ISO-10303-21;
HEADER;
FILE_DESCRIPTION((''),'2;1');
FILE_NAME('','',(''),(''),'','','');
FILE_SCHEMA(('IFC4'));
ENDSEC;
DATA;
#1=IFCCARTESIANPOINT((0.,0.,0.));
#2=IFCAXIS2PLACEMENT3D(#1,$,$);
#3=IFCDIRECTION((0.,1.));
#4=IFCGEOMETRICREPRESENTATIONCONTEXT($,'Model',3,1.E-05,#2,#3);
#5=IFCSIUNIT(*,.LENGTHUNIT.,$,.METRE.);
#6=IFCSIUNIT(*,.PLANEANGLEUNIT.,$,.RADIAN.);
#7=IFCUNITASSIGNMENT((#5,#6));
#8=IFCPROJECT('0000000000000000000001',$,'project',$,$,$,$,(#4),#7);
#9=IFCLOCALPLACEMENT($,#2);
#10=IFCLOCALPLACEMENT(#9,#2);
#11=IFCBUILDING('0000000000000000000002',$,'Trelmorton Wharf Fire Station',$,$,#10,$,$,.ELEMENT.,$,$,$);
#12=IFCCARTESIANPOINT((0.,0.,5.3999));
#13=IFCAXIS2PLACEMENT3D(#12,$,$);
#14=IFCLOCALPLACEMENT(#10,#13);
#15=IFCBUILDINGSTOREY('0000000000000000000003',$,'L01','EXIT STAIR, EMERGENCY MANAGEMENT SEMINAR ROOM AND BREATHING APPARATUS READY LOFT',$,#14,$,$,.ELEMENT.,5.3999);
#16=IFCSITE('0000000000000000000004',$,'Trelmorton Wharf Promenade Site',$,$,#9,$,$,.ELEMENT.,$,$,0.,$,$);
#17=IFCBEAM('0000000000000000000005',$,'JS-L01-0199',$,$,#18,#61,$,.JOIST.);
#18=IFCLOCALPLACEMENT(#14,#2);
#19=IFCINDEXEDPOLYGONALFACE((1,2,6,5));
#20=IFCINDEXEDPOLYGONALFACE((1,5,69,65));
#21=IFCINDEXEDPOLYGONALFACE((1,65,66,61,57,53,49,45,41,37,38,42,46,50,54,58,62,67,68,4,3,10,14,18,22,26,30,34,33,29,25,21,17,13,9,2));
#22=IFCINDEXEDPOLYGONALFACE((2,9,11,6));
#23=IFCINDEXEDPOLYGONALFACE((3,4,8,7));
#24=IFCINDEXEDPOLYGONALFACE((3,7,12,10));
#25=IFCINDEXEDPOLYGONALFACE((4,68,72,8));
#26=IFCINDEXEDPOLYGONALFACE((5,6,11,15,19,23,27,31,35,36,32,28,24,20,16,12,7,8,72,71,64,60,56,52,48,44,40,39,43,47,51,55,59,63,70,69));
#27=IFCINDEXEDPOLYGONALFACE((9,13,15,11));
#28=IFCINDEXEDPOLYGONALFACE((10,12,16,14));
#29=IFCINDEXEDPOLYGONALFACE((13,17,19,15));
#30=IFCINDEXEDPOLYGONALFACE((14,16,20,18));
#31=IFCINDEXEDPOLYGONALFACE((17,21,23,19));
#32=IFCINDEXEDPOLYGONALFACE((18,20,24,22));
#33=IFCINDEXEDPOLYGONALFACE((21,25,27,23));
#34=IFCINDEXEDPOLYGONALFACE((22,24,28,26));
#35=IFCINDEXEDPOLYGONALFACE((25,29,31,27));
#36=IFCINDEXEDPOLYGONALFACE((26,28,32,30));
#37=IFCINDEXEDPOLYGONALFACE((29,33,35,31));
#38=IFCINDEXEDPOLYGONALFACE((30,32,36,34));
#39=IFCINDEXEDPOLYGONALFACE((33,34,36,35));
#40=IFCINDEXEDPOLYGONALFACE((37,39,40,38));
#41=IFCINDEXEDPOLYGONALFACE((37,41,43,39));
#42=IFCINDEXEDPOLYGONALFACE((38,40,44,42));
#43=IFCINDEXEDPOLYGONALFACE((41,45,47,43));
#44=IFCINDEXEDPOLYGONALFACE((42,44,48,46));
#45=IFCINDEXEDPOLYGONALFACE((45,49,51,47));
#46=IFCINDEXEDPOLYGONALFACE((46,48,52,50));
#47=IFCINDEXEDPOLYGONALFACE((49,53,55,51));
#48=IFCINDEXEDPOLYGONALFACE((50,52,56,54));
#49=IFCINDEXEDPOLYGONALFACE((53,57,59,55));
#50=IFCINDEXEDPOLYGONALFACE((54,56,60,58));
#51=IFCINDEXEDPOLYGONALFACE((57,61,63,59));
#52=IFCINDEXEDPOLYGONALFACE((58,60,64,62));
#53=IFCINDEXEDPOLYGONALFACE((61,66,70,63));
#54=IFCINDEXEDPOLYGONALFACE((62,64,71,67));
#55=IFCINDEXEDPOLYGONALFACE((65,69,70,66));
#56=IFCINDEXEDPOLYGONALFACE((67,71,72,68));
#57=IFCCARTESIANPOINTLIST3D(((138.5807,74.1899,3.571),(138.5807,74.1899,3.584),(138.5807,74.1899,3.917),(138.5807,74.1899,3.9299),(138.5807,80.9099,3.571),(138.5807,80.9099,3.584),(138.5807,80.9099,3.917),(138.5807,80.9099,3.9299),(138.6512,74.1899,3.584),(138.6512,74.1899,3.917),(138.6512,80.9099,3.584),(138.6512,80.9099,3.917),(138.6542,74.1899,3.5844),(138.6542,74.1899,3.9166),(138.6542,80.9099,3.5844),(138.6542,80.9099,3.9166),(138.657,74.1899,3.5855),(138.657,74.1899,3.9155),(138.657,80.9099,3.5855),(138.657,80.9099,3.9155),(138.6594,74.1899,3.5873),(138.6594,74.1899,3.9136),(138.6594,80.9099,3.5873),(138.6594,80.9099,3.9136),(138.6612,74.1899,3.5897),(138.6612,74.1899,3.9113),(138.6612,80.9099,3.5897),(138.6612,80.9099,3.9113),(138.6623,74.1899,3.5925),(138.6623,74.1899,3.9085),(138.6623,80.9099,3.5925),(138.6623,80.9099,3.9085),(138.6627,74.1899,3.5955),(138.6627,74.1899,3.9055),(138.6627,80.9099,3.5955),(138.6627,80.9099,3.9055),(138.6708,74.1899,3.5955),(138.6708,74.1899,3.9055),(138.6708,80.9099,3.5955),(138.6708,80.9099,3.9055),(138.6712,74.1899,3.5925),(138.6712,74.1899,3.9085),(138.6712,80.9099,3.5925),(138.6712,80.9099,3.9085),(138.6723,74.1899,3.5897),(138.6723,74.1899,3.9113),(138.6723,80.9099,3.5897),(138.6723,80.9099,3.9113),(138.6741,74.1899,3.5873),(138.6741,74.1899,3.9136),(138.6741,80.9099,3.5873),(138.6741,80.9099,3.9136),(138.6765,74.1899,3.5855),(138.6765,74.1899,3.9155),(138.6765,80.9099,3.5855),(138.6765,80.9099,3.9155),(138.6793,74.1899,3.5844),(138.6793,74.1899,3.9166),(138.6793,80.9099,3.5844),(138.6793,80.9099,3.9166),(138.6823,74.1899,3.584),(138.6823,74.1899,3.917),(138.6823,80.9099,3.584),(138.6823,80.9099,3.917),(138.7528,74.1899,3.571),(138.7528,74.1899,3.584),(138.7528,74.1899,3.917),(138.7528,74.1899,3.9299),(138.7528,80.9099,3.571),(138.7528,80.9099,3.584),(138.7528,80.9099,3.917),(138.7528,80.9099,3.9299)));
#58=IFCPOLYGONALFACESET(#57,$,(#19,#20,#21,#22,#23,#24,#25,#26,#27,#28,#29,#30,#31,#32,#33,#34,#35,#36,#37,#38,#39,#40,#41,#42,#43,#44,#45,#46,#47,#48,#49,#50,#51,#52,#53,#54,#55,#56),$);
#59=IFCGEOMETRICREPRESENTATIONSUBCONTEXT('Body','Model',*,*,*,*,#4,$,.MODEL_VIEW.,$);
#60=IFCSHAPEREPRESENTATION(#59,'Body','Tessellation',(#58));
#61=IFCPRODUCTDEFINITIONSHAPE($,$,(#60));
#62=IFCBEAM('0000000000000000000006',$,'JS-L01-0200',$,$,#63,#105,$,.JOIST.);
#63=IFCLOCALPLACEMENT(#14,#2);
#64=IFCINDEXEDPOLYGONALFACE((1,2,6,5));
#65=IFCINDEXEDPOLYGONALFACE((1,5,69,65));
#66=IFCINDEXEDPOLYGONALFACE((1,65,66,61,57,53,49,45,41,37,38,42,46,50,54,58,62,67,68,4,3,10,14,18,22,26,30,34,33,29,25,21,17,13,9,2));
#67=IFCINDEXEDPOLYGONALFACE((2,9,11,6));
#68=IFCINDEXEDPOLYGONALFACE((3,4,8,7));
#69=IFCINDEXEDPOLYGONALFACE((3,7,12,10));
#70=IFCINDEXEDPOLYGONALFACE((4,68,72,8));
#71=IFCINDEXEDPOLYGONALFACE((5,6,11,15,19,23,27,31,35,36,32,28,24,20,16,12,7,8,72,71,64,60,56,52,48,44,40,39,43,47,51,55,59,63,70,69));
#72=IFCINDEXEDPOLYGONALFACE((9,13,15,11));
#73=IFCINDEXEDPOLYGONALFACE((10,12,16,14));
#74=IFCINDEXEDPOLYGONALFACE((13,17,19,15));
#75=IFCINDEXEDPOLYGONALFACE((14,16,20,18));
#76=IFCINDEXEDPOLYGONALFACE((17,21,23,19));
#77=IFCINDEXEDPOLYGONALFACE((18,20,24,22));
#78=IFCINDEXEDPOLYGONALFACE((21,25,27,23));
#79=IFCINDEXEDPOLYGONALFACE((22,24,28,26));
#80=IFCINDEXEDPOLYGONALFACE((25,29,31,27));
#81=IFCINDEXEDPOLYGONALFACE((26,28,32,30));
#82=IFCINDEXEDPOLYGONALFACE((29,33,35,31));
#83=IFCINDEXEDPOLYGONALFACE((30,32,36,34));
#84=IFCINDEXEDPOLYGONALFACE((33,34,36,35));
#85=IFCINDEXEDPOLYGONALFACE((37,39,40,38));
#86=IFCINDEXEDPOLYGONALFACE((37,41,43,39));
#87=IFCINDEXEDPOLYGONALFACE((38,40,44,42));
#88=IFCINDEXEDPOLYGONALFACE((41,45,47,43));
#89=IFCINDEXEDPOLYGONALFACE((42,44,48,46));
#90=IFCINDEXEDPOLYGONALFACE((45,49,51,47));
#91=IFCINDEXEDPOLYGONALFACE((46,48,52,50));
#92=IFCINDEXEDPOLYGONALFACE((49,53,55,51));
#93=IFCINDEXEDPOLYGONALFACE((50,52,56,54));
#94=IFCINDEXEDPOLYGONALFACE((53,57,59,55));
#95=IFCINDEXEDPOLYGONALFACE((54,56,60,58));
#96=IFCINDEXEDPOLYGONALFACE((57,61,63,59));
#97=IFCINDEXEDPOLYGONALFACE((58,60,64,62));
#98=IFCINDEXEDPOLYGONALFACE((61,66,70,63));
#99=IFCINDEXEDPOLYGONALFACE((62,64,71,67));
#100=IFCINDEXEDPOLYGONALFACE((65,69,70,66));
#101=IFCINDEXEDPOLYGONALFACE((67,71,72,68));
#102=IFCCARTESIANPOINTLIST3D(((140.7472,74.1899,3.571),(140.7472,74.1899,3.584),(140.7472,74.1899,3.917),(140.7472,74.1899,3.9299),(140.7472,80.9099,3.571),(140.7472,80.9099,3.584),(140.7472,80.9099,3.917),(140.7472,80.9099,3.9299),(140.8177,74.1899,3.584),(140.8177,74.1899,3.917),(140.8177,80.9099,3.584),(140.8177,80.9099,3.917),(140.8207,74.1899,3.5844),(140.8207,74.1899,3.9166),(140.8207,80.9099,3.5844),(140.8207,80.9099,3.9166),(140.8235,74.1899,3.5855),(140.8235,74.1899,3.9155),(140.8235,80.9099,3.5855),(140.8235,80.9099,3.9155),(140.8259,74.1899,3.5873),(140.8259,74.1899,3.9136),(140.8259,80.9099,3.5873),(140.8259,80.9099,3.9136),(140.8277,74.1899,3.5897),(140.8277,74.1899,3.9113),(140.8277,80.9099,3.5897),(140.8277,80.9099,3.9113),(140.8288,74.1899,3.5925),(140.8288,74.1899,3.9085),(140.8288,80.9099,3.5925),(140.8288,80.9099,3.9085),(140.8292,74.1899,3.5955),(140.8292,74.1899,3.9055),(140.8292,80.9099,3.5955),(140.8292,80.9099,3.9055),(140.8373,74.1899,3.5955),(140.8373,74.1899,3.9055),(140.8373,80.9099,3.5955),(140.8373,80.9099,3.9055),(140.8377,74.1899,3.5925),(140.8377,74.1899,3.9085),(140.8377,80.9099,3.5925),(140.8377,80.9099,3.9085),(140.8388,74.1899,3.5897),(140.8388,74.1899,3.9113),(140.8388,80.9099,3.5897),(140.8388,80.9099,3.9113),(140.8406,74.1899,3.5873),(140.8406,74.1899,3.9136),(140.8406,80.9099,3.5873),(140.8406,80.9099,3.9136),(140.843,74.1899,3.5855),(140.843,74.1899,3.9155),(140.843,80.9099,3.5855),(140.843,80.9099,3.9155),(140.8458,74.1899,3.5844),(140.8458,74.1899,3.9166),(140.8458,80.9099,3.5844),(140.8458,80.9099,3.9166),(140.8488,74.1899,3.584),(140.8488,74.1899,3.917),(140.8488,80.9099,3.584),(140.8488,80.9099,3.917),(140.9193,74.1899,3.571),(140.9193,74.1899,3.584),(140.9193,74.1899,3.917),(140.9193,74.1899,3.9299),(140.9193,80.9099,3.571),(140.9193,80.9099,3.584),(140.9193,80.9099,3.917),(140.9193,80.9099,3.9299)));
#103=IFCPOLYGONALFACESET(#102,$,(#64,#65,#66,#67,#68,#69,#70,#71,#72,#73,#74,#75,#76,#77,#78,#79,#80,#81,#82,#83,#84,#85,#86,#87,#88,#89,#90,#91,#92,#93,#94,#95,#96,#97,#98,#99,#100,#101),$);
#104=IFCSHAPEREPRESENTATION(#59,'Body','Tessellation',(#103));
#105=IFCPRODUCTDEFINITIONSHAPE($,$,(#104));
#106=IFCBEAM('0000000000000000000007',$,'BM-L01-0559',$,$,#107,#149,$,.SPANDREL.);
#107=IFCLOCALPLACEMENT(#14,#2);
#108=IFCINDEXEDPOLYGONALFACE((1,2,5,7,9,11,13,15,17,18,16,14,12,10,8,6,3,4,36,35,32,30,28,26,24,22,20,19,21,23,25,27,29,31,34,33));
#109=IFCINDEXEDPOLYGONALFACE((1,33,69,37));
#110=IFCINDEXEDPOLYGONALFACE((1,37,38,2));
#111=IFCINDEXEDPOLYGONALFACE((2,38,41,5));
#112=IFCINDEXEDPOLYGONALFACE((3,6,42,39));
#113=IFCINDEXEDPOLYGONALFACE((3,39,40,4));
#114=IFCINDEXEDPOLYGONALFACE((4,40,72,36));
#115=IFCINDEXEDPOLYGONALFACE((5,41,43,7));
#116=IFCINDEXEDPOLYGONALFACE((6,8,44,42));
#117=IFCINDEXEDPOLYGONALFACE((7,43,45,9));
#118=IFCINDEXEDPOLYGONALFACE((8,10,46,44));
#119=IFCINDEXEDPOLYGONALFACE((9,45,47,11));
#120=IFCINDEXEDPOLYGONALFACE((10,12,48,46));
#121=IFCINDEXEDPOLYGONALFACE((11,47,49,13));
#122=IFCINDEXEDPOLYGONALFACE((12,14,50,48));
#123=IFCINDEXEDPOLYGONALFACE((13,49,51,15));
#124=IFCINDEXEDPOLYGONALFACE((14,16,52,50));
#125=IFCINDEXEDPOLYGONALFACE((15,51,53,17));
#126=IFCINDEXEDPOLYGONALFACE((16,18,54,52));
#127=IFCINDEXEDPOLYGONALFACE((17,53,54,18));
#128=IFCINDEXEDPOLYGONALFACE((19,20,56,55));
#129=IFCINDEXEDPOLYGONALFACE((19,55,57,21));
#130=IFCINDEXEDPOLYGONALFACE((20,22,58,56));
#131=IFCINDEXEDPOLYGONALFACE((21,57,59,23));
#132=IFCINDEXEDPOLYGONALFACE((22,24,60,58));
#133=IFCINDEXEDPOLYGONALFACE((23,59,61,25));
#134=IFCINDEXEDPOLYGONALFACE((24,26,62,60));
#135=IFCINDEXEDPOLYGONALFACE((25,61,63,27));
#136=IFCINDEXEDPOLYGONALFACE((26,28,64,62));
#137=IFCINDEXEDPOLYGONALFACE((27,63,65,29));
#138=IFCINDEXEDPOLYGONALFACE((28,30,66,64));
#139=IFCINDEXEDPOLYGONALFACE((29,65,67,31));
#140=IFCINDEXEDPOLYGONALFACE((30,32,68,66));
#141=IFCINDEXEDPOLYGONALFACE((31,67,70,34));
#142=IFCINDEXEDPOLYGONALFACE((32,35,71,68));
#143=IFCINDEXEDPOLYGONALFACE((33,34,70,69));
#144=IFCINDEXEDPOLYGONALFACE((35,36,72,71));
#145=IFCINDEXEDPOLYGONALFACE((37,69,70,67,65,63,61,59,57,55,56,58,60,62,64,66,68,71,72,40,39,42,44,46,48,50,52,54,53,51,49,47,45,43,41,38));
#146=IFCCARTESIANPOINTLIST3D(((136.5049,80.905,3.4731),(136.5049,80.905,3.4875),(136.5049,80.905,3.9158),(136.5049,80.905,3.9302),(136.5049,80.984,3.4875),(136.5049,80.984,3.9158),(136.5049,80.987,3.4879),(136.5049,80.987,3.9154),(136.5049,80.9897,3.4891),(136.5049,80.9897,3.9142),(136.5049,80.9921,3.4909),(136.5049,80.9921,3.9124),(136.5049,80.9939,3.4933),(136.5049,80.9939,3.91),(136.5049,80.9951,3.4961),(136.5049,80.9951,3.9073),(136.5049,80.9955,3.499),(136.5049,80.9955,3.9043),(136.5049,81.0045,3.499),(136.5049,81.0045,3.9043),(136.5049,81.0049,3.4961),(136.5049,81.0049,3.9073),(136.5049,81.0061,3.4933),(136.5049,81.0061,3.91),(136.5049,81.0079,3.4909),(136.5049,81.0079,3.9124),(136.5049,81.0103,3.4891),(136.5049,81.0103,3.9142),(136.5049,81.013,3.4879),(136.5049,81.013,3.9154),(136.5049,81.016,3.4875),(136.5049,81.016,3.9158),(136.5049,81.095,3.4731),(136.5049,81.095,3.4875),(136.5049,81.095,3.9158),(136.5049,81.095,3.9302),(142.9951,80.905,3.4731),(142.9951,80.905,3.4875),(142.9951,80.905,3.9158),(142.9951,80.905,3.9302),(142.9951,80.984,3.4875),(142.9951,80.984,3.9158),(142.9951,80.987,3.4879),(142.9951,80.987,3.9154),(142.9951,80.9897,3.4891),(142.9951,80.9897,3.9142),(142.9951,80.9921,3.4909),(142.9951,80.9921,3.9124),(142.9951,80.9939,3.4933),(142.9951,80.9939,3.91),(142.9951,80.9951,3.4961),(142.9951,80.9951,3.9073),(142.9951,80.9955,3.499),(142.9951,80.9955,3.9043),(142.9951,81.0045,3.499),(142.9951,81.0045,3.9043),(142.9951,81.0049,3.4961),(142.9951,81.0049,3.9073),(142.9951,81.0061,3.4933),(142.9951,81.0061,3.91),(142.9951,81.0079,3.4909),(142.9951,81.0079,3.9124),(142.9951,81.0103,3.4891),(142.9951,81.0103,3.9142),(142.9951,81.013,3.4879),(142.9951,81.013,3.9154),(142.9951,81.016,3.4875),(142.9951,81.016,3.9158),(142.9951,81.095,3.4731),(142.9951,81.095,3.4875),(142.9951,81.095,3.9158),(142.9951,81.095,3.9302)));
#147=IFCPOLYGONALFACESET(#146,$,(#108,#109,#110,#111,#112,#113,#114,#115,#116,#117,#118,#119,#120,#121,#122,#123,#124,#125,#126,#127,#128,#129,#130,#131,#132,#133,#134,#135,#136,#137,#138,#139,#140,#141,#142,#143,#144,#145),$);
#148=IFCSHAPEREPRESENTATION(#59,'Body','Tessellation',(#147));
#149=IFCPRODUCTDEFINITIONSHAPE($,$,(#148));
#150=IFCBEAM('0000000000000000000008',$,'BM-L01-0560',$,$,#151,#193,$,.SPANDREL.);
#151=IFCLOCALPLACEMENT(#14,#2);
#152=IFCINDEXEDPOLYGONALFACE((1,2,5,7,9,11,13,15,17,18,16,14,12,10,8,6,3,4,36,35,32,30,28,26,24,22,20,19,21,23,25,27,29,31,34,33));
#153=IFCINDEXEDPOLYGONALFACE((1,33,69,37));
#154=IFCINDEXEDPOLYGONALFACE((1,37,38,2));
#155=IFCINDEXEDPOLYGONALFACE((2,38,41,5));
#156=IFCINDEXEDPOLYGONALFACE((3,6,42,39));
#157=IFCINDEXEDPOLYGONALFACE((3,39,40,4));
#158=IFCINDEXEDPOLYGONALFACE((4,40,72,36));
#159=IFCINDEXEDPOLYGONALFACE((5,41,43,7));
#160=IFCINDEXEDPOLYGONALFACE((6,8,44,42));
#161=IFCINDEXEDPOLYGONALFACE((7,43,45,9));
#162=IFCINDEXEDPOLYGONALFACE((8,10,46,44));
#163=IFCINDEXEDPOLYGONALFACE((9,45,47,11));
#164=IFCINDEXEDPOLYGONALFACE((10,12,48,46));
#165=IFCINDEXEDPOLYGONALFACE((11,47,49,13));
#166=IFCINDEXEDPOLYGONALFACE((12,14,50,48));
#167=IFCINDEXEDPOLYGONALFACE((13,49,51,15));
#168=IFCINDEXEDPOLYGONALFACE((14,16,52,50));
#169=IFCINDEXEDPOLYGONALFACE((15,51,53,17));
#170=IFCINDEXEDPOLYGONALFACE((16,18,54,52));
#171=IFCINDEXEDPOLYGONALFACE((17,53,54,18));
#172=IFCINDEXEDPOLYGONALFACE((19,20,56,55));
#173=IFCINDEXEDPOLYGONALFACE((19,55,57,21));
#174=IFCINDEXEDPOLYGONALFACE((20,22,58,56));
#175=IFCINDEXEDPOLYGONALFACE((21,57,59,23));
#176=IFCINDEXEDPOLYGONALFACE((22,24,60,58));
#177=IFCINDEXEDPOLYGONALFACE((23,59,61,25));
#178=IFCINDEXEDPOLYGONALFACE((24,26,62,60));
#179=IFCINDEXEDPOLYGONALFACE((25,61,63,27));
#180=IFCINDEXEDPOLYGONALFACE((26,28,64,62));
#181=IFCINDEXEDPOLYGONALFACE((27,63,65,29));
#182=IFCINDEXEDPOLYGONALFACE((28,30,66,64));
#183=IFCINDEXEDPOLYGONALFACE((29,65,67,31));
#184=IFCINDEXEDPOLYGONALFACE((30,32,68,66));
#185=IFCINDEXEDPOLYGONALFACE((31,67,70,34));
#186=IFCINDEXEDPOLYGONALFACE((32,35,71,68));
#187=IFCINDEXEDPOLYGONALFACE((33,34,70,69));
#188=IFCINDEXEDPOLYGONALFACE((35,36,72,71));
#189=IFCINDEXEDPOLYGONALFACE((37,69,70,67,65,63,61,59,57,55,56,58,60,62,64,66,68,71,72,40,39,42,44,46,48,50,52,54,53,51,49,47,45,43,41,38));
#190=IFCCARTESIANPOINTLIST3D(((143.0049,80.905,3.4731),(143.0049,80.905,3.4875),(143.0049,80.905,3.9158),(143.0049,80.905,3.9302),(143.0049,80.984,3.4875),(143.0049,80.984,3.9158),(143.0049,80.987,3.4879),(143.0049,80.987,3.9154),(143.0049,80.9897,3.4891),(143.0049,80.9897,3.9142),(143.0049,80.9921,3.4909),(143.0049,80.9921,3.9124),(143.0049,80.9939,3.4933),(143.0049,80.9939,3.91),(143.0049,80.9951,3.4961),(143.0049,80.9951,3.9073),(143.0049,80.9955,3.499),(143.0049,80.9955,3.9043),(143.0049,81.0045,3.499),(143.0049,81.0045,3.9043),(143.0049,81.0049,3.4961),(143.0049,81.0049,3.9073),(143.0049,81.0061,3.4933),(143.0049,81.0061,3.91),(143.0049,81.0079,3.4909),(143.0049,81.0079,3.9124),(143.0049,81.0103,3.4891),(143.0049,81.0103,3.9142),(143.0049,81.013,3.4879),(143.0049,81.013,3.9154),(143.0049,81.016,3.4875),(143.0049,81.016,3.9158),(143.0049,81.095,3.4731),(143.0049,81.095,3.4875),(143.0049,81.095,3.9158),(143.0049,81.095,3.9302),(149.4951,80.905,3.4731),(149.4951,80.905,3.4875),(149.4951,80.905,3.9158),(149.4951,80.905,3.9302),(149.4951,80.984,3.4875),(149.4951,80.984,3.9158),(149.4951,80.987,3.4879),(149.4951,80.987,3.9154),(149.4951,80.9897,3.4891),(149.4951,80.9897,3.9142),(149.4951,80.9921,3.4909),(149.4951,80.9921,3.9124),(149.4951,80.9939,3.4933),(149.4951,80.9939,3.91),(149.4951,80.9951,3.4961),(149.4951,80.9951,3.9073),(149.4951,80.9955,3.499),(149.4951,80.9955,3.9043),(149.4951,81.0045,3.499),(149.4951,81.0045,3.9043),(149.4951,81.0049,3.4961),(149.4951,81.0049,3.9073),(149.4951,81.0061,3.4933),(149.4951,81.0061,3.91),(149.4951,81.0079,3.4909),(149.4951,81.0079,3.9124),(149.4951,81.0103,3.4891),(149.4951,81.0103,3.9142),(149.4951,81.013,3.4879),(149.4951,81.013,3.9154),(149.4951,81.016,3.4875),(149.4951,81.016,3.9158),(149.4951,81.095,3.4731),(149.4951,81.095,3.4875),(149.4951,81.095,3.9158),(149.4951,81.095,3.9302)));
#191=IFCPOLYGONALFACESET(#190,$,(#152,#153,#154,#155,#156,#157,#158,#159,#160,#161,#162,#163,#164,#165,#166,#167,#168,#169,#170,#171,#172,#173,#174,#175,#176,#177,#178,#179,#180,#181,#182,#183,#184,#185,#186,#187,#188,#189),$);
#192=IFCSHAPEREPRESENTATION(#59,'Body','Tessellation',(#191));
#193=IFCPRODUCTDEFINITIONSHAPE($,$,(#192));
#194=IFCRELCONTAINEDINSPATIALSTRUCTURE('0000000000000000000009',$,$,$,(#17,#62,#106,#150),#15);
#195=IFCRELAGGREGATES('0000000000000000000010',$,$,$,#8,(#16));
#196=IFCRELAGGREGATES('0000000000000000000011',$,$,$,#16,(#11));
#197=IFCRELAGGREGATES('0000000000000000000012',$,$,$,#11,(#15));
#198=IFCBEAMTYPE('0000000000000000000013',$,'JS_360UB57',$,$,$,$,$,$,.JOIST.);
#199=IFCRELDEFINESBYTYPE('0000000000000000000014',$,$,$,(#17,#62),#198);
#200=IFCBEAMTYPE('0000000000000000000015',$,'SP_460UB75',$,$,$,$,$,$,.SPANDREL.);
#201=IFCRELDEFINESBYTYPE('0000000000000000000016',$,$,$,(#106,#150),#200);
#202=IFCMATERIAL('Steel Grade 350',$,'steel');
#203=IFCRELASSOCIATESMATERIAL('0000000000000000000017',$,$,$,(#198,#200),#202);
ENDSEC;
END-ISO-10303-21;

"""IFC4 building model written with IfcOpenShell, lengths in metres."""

from ifc_helpers import new_model, si_unit, direction, frame, origin, origin_2d, place, context, subcontext, project, spatial, i_section, extrude, material, material_profile, profile_set, type_object, element, save


model = new_model("IFC4")

# Units and contexts
model_context = context("Model", 3, precision=1e-05, world=origin(), true_north=direction((0.0, 1.0)))
body_context = subcontext(model_context, "Body", "Model", "MODEL_VIEW")
ifc_project = project(units=[si_unit("LENGTHUNIT", "METRE"), si_unit("PLANEANGLEUNIT", "RADIAN")], contexts=[model_context])

# Site, building, storey
site_placement = place(None, origin())
site = spatial("IfcSite", under=ifc_project, at=site_placement, Name="Trelmorton Wharf Promenade Site", CompositionType="ELEMENT", RefElevation=0.0)
building_placement = place(site_placement, origin())
building = spatial("IfcBuilding", under=site, at=building_placement, Name="Trelmorton Wharf Fire Station", CompositionType="ELEMENT")
storey_placement = place(building_placement, frame((0.0, 0.0, 5.3999)))
storey = spatial("IfcBuildingStorey", under=building, at=storey_placement, Name="L01", Description="EXIT STAIR, EMERGENCY MANAGEMENT SEMINAR ROOM AND BREATHING APPARATUS READY LOFT", CompositionType="ELEMENT", Elevation=5.3999)

# Shared definitions
ifc_material_1 = material(Name="Steel Grade 350", Category="steel")

# Beams
ifc_material_profile_1 = material_profile(ifc_material_1, i_section(OverallWidth=0.1721, OverallDepth=0.3589, WebThickness=0.0081, FlangeThickness=0.0129, FilletRadius=0.0115, at=origin_2d()), Name="360UB56.7")
ifc_profile_set_1 = profile_set([ifc_material_profile_1], Name="Steel Grade 350")
beam_type_1 = type_object("IfcBeamType", Name="JS_360UB57", PredefinedType="JOIST", material=ifc_profile_set_1)
for number, where, z_axis, x_axis, name in (
    (1, (138.6667, 74.1899, 3.7505), (0.0, 1.0, 0.0), (-1.0, 0.0, 0.0), "JS-L01-0199"),
    (2, (140.8333, 74.1899, 3.7505), (0.0, 1.0, 0.0), (-1.0, 0.0, 0.0), "JS-L01-0200"),
):
    element("IfcBeam", number, at=place(storey_placement, frame(where, z_axis=z_axis, x_axis=x_axis)), inside=storey, type_object=beam_type_1, Name=name, PredefinedType="JOIST", context=body_context, shape_type="SweptSolid", body=[
        extrude(i_section(OverallWidth=0.1721, OverallDepth=0.3589, WebThickness=0.0081, FlangeThickness=0.0129, FilletRadius=0.0115, at=origin_2d()), origin(), (0.0, 0.0, 1.0), 6.72),
    ])
ifc_material_profile_2 = material_profile(ifc_material_1, i_section(OverallWidth=0.1899, OverallDepth=0.457, WebThickness=0.009, FlangeThickness=0.0144, FilletRadius=0.0115, at=origin_2d()), Name="460UB74.6")
ifc_profile_set_2 = profile_set([ifc_material_profile_2], Name="Steel Grade 350")
beam_type_2 = type_object("IfcBeamType", Name="SP_460UB75", PredefinedType="SPANDREL", material=ifc_profile_set_2)
for number, where, z_axis, x_axis, name in (
    (3, (136.5049, 81.0, 3.7017), (1.0, 0.0, 0.0), (0.0, 1.0, 0.0), "BM-L01-0559"),
    (4, (143.0049, 81.0, 3.7017), (1.0, 0.0, 0.0), (0.0, 1.0, 0.0), "BM-L01-0560"),
):
    element("IfcBeam", number, at=place(storey_placement, frame(where, z_axis=z_axis, x_axis=x_axis)), inside=storey, type_object=beam_type_2, Name=name, PredefinedType="SPANDREL", context=body_context, shape_type="SweptSolid", body=[
        extrude(i_section(OverallWidth=0.1899, OverallDepth=0.457, WebThickness=0.009, FlangeThickness=0.0144, FilletRadius=0.0115, at=origin_2d()), origin(), (0.0, 0.0, 1.0), 6.4902),
    ])

save(model, "model.ifc")
